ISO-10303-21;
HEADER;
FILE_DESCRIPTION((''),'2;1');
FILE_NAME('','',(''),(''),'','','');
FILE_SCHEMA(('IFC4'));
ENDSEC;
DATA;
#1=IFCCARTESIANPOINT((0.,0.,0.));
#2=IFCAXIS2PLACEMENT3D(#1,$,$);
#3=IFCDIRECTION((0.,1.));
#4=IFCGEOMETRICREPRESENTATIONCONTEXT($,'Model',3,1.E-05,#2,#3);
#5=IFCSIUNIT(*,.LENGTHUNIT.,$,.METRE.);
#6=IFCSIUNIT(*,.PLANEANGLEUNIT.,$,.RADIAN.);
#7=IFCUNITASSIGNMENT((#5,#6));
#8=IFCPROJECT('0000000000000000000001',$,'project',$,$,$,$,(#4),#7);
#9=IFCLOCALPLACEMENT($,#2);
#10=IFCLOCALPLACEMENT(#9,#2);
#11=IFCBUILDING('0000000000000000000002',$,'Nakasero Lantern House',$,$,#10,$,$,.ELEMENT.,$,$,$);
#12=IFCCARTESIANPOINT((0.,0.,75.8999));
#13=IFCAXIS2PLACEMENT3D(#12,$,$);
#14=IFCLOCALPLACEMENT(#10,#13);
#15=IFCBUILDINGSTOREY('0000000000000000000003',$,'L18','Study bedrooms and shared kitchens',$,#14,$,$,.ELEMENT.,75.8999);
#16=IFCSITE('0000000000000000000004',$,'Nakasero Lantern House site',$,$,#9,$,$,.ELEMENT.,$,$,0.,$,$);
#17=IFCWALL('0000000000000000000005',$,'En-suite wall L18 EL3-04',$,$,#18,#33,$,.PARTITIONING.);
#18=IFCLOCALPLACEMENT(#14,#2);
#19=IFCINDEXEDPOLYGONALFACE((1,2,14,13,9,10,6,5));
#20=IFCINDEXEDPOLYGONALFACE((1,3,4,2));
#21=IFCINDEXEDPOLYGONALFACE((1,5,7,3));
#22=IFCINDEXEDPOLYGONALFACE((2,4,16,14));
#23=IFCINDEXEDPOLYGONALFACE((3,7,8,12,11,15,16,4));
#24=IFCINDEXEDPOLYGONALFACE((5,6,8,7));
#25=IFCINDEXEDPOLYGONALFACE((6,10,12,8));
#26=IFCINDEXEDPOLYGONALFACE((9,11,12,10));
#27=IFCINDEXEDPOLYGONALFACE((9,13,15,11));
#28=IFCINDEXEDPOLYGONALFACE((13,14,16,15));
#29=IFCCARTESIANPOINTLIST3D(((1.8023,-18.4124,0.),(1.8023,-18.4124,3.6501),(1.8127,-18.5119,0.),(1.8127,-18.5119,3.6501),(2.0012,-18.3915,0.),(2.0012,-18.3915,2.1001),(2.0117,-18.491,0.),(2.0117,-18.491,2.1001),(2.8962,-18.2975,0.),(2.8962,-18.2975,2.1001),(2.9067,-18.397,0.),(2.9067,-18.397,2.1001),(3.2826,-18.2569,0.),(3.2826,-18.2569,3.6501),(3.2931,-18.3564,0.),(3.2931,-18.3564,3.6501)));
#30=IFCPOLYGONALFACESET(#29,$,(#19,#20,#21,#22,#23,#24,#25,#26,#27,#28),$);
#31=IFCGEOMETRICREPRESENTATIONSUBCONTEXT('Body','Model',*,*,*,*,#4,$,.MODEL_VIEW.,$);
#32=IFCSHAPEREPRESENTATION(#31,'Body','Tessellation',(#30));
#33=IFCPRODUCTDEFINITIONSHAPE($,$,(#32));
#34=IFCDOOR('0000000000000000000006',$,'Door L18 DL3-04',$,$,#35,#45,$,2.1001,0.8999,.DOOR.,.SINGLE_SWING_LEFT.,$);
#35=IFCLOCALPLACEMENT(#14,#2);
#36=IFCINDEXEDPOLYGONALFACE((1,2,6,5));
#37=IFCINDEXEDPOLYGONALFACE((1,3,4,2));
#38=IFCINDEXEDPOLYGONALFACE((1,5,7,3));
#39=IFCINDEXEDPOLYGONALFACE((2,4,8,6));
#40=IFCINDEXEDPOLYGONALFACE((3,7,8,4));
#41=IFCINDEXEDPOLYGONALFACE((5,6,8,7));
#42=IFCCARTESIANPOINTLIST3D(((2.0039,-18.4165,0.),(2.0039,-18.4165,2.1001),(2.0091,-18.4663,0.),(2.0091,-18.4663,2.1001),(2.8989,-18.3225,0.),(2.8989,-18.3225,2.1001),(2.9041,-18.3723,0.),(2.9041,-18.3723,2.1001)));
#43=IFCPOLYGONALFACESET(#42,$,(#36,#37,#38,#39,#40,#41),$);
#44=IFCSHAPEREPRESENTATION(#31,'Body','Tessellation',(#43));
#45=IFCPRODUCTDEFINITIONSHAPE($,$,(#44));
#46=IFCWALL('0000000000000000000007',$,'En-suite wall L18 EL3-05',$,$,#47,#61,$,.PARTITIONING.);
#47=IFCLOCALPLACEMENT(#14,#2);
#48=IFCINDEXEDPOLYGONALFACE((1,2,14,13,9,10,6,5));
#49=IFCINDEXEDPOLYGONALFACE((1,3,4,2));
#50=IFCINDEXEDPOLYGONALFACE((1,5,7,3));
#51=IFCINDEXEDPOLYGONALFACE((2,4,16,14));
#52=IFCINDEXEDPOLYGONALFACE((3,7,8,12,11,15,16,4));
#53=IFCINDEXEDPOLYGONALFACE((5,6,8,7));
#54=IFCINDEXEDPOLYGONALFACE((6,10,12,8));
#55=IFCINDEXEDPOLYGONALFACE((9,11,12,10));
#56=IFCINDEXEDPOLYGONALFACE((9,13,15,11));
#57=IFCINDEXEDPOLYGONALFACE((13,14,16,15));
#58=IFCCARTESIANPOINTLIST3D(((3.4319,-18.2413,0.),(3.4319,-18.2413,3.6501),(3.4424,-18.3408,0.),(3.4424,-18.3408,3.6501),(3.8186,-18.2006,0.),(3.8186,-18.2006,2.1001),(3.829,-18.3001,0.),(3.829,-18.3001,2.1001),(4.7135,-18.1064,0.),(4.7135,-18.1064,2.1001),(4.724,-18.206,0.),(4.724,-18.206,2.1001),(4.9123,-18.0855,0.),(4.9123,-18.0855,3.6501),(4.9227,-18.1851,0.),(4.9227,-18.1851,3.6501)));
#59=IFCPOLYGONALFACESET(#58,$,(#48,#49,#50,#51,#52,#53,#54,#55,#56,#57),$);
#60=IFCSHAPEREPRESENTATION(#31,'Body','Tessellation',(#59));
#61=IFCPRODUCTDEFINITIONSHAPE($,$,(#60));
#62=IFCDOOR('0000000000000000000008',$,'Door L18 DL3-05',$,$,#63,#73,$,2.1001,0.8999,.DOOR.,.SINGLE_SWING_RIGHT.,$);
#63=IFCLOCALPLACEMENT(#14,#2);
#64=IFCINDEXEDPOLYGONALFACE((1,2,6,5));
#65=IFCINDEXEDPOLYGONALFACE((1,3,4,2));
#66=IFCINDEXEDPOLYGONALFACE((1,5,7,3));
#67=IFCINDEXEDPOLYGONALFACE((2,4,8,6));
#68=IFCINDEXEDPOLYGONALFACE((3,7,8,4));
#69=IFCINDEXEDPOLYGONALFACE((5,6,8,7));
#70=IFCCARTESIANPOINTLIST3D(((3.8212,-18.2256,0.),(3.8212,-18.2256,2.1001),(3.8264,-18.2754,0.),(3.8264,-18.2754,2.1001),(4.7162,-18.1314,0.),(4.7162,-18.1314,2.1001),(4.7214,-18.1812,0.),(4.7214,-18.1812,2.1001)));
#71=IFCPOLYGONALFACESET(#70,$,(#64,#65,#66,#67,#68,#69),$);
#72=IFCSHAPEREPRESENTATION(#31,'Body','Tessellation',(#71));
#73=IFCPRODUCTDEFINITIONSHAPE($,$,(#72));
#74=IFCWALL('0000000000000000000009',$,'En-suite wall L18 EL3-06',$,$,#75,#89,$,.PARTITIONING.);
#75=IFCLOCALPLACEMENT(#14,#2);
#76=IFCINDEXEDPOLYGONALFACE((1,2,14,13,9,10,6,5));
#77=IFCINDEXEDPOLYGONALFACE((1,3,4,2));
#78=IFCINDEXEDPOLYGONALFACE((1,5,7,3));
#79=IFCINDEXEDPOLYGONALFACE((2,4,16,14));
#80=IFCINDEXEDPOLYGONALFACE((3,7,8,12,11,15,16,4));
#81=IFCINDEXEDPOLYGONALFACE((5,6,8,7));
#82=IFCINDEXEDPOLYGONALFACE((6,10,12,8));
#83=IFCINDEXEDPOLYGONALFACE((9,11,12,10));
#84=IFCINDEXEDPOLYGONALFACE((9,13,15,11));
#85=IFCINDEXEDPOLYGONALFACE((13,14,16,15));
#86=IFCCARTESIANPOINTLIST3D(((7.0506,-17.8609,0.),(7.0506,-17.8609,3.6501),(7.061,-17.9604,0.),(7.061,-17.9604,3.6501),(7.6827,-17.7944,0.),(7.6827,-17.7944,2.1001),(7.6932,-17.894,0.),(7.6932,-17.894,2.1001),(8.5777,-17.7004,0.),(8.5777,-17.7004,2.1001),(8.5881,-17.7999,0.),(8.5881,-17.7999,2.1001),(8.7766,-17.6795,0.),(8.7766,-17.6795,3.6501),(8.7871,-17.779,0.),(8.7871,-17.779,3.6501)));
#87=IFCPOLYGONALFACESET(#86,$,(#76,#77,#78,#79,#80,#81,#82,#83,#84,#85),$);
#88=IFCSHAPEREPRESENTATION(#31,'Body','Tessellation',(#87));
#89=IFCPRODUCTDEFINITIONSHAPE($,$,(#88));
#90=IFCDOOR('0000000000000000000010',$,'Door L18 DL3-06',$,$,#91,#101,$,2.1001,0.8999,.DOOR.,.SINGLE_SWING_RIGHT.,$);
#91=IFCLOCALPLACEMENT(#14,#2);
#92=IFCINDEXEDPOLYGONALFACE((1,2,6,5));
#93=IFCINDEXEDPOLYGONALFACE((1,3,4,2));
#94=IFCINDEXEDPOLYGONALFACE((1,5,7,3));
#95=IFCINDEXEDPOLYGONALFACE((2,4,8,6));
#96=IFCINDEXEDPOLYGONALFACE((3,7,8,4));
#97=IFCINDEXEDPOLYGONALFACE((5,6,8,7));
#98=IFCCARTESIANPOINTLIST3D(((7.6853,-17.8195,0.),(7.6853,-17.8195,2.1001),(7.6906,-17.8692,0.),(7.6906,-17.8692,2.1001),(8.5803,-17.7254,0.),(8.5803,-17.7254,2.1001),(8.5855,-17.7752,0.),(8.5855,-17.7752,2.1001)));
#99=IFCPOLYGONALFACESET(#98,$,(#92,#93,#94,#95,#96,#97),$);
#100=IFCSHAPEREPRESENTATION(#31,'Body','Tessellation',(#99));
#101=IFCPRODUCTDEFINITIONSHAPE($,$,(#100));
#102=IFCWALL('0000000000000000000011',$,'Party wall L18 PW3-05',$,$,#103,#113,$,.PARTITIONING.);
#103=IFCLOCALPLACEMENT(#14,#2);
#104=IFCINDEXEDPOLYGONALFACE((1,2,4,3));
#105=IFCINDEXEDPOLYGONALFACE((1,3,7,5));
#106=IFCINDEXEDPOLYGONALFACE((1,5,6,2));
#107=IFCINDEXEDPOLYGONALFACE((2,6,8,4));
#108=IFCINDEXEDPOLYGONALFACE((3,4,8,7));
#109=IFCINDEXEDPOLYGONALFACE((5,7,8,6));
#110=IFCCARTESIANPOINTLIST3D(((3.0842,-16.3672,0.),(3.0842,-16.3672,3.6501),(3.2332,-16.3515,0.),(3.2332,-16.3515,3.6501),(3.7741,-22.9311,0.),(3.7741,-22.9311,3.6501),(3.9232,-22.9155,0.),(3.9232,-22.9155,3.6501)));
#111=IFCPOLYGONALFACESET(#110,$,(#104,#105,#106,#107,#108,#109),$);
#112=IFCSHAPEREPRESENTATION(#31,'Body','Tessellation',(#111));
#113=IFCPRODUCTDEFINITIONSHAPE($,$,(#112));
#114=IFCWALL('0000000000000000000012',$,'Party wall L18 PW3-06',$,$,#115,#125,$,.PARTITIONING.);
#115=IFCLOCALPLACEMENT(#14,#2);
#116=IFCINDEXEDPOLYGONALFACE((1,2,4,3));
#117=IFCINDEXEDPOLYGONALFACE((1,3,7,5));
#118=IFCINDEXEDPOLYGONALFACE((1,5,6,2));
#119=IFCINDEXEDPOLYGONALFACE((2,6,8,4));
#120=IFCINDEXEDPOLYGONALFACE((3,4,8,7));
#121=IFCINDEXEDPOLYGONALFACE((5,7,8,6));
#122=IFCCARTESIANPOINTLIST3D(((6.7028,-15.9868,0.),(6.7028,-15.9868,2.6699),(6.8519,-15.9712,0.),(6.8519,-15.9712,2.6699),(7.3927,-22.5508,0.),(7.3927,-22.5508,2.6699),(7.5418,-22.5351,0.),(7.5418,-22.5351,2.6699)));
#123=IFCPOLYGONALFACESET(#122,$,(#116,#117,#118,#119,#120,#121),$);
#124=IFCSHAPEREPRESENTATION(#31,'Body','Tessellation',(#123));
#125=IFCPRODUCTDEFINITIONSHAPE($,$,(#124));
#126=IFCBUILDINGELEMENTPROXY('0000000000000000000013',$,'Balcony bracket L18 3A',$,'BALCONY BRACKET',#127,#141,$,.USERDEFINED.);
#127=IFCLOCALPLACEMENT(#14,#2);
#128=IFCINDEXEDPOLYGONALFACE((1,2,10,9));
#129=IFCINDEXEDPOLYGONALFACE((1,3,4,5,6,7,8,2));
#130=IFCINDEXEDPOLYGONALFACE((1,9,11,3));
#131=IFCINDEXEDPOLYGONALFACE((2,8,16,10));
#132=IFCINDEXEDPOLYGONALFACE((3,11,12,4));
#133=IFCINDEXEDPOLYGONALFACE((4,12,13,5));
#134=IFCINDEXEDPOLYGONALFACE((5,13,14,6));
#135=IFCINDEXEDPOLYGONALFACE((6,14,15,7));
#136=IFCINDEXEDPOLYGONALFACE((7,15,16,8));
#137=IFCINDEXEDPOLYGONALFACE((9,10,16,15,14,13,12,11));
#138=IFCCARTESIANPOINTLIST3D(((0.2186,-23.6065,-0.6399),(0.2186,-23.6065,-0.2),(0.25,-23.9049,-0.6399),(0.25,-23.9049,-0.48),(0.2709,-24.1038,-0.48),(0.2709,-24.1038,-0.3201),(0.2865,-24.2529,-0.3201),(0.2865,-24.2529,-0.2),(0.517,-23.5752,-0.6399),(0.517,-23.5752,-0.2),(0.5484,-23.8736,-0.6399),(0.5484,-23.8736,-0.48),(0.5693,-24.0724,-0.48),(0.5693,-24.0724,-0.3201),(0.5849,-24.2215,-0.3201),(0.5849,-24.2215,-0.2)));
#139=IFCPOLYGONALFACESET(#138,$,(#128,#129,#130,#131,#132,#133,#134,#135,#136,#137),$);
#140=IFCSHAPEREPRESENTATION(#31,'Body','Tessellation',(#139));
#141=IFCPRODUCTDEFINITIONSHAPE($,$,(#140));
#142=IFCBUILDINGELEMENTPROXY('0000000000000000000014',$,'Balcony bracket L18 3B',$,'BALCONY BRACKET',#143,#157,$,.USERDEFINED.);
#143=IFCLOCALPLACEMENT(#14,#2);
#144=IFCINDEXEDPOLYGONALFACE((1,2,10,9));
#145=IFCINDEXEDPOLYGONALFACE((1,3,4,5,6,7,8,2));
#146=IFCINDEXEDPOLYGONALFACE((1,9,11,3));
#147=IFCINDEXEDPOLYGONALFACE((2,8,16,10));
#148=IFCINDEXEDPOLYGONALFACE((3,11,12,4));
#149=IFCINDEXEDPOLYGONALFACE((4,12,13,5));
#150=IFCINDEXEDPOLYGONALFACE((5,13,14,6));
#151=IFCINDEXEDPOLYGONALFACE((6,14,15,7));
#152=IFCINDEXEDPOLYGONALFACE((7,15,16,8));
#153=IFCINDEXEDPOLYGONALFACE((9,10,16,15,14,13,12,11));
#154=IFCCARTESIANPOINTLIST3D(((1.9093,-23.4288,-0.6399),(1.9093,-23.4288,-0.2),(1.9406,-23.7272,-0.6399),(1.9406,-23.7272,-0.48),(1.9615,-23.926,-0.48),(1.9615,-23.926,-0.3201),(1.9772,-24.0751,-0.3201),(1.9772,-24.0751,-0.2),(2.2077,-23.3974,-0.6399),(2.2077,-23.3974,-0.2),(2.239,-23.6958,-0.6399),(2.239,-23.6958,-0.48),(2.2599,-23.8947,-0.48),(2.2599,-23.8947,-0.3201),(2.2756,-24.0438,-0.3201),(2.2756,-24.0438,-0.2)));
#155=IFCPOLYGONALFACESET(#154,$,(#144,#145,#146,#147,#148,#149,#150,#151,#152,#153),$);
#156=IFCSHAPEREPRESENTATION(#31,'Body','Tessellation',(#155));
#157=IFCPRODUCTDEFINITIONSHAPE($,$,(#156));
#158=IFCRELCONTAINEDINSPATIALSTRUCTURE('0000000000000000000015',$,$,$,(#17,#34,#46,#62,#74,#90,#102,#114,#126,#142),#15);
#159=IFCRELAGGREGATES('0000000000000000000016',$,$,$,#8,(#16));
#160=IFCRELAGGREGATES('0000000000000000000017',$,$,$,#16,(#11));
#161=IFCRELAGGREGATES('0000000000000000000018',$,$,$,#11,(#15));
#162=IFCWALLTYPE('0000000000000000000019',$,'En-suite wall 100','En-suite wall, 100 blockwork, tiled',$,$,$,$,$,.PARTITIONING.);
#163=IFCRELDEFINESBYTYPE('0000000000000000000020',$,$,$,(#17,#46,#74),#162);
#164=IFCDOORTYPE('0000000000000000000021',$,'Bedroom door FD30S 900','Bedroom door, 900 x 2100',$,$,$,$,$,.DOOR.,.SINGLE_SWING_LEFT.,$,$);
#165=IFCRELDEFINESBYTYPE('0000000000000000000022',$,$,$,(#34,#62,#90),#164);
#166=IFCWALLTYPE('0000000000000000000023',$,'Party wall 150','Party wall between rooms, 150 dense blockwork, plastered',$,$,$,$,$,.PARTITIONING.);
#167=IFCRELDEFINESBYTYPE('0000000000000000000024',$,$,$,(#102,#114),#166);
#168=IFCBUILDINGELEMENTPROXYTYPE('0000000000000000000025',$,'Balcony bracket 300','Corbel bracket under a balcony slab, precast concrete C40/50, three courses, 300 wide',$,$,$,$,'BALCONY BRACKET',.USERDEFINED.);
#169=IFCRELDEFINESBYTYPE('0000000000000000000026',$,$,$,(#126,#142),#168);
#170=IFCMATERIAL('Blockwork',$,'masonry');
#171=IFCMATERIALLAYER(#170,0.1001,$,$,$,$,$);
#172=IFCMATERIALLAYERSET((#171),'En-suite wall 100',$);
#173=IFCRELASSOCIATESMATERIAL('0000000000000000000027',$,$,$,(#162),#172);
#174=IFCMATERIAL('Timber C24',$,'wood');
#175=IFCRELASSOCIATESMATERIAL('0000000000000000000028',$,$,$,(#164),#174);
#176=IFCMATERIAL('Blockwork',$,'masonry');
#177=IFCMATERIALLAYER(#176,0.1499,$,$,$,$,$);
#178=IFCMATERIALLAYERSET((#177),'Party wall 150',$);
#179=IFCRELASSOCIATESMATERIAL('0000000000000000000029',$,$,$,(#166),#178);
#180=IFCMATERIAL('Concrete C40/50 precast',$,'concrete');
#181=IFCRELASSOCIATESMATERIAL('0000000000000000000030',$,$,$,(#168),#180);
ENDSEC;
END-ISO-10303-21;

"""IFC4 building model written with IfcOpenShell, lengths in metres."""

from ifc_helpers import new_model, si_unit, direction, frame, frame_2d, origin, place, context, subcontext, project, spatial, polyline, rectangle, outline, extrude, material, layer, layer_set, type_object, element, fill, save


model = new_model("IFC4")

# Units and contexts
model_context = context("Model", 3, precision=1e-05, world=origin(), true_north=direction((0.0, 1.0)))
body_context = subcontext(model_context, "Body", "Model", "MODEL_VIEW")
ifc_project = project(units=[si_unit("LENGTHUNIT", "METRE"), si_unit("PLANEANGLEUNIT", "RADIAN")], contexts=[model_context])

# Site, building, storey
site_placement = place(None, origin())
site = spatial("IfcSite", under=ifc_project, at=site_placement, Name="Nakasero Lantern House site", CompositionType="ELEMENT", RefElevation=0.0)
building_placement = place(site_placement, origin())
building = spatial("IfcBuilding", under=site, at=building_placement, Name="Nakasero Lantern House", CompositionType="ELEMENT")
storey_placement = place(building_placement, frame((0.0, 0.0, 75.8999)))
storey = spatial("IfcBuildingStorey", under=building, at=storey_placement, Name="L18", Description="Study bedrooms and shared kitchens", CompositionType="ELEMENT", Elevation=75.8999)

# Shared definitions
ifc_material_1 = material(Name="Blockwork", Category="masonry")
ifc_layer_1 = layer(ifc_material_1, 0.1001)
ifc_layer_set_1 = layer_set([ifc_layer_1], Name="En-suite wall 100")
wall_type_1 = type_object("IfcWallType", Name="En-suite wall 100", Description="En-suite wall, 100 blockwork, tiled", PredefinedType="PARTITIONING", material=ifc_layer_set_1)

# Walls, openings, doors
wall_1_placement = place(storey_placement, frame((1.8076, -18.4622, 0.0), z_axis=(0.0, 0.0, 1.0), x_axis=(0.994528, 0.104471, 0.0)))
wall_1 = element("IfcWall", 1, at=wall_1_placement, inside=storey, type_object=wall_type_1, Name="En-suite wall L18 EL3-04", PredefinedType="PARTITIONING", context=body_context, shape_type="SweptSolid", body=[
    extrude(rectangle(XDim=1.4885, YDim=0.1001, at=frame_2d((0.7441, 0.0))), origin(), (0.0, 0.0, 1.0), 3.6501),
])
opening_1_placement = place(wall_1_placement, frame((0.2, 0.0, 0.0)))
opening_1 = element("IfcOpeningElement", 2, at=opening_1_placement, cuts=wall_1, PredefinedType="OPENING", context=body_context, shape_type="SweptSolid", body=[
    extrude(rectangle(XDim=0.8999, YDim=2.1001, at=frame_2d((0.45, 1.05))), frame((0.0, 0.0701, 0.0), z_axis=(0.0, -1.0, 0.0), x_axis=(1.0, 0.0, 0.0)), (0.0, 0.0, 1.0), 0.1401),
])
ifc_material_2 = material(Name="Timber C24", Category="wood")
door_type_1 = type_object("IfcDoorType", Name="Bedroom door FD30S 900", Description="Bedroom door, 900 x 2100", OperationType="SINGLE_SWING_LEFT", PredefinedType="DOOR", material=ifc_material_2)
door_1_placement = place(opening_1_placement, origin())
door_1 = element("IfcDoor", 3, at=door_1_placement, inside=storey, type_object=door_type_1, Name="Door L18 DL3-04", OperationType="SINGLE_SWING_LEFT", OverallHeight=2.1001, OverallWidth=0.8999, PredefinedType="DOOR", context=body_context, shape_type="SweptSolid", body=[
    extrude(rectangle(XDim=0.8999, YDim=2.1001, at=frame_2d((0.45, 1.05))), frame((0.0, 0.0249, 0.0), z_axis=(0.0, -1.0, 0.0), x_axis=(1.0, 0.0, 0.0)), (0.0, 0.0, 1.0), 0.05),
])
fill(opening_1, door_1)
wall_2_placement = place(storey_placement, frame((3.4373, -18.291, 0.0), z_axis=(0.0, 0.0, 1.0), x_axis=(0.994511, 0.104634, 0.0)))
wall_2 = element("IfcWall", 4, at=wall_2_placement, inside=storey, type_object=wall_type_1, Name="En-suite wall L18 EL3-05", PredefinedType="PARTITIONING", context=body_context, shape_type="SweptSolid", body=[
    extrude(rectangle(XDim=1.4885, YDim=0.1001, at=frame_2d((0.7441, 0.0))), origin(), (0.0, 0.0, 1.0), 3.6501),
])
opening_2_placement = place(wall_2_placement, frame((0.3887, 0.0, 0.0)))
opening_2 = element("IfcOpeningElement", 5, at=opening_2_placement, cuts=wall_2, PredefinedType="OPENING", context=body_context, shape_type="SweptSolid", body=[
    extrude(rectangle(XDim=0.8999, YDim=2.1001, at=frame_2d((0.45, 1.05))), frame((0.0, 0.0701, 0.0), z_axis=(0.0, -1.0, 0.0), x_axis=(1.0, 0.0, 0.0)), (0.0, 0.0, 1.0), 0.1401),
])
door_2_placement = place(opening_2_placement, origin())
door_2 = element("IfcDoor", 6, at=door_2_placement, inside=storey, type_object=door_type_1, Name="Door L18 DL3-05", OperationType="SINGLE_SWING_RIGHT", OverallHeight=2.1001, OverallWidth=0.8999, PredefinedType="DOOR", context=body_context, shape_type="SweptSolid", body=[
    extrude(rectangle(XDim=0.8999, YDim=2.1001, at=frame_2d((0.45, 1.05))), frame((0.0, 0.0249, 0.0), z_axis=(0.0, -1.0, 0.0), x_axis=(1.0, 0.0, 0.0)), (0.0, 0.0, 1.0), 0.05),
])
fill(opening_2, door_2)
wall_3_placement = place(storey_placement, frame((7.0559, -17.9106, 0.0), z_axis=(0.0, 0.0, 1.0), x_axis=(0.994523, 0.104516, 0.0)))
wall_3 = element("IfcWall", 7, at=wall_3_placement, inside=storey, type_object=wall_type_1, Name="En-suite wall L18 EL3-06", PredefinedType="PARTITIONING", context=body_context, shape_type="SweptSolid", body=[
    extrude(rectangle(XDim=1.7356, YDim=0.1001, at=frame_2d((0.8677, 0.0))), origin(), (0.0, 0.0, 1.0), 3.6501),
])
opening_3_placement = place(wall_3_placement, frame((0.6355, 0.0, 0.0)))
opening_3 = element("IfcOpeningElement", 8, at=opening_3_placement, cuts=wall_3, PredefinedType="OPENING", context=body_context, shape_type="SweptSolid", body=[
    extrude(rectangle(XDim=0.8999, YDim=2.1001, at=frame_2d((0.45, 1.05))), frame((0.0, 0.0701, 0.0), z_axis=(0.0, -1.0, 0.0), x_axis=(1.0, 0.0, 0.0)), (0.0, 0.0, 1.0), 0.1401),
])
door_3_placement = place(opening_3_placement, origin())
door_3 = element("IfcDoor", 9, at=door_3_placement, inside=storey, type_object=door_type_1, Name="Door L18 DL3-06", OperationType="SINGLE_SWING_RIGHT", OverallHeight=2.1001, OverallWidth=0.8999, PredefinedType="DOOR", context=body_context, shape_type="SweptSolid", body=[
    extrude(rectangle(XDim=0.8999, YDim=2.1001, at=frame_2d((0.45, 1.05))), frame((0.0, 0.0249, 0.0), z_axis=(0.0, -1.0, 0.0), x_axis=(1.0, 0.0, 0.0)), (0.0, 0.0, 1.0), 0.05),
])
fill(opening_3, door_3)

# Walls
ifc_material_3 = material(Name="Blockwork", Category="masonry")
ifc_layer_2 = layer(ifc_material_3, 0.1499)
ifc_layer_set_2 = layer_set([ifc_layer_2], Name="Party wall 150")
wall_type_2 = type_object("IfcWallType", Name="Party wall 150", Description="Party wall between rooms, 150 dense blockwork, plastered", PredefinedType="PARTITIONING", material=ifc_layer_set_2)
wall_4_placement = place(storey_placement, frame((3.1587, -16.3594, 0.0), z_axis=(0.0, 0.0, 1.0), x_axis=(0.104535, -0.994521, 0.0)))
element("IfcWall", 10, at=wall_4_placement, inside=storey, type_object=wall_type_2, Name="Party wall L18 PW3-05", PredefinedType="PARTITIONING", context=body_context, shape_type="SweptSolid", body=[
    extrude(rectangle(XDim=6.6001, YDim=0.1499, at=frame_2d((3.3, 0.0))), origin(), (0.0, 0.0, 1.0), 3.6501),
])
wall_5_placement = place(storey_placement, frame((6.7773, -15.979, 0.0), z_axis=(0.0, 0.0, 1.0), x_axis=(0.104535, -0.994521, 0.0)))
element("IfcWall", 11, at=wall_5_placement, inside=storey, type_object=wall_type_2, Name="Party wall L18 PW3-06", PredefinedType="PARTITIONING", context=body_context, shape_type="SweptSolid", body=[
    extrude(rectangle(XDim=6.6001, YDim=0.1499, at=frame_2d((3.3, 0.0))), origin(), (0.0, 0.0, 1.0), 2.6699),
])

# Building element proxies
ifc_material_4 = material(Name="Concrete C40/50 precast", Category="concrete")
building_element_proxy_type = type_object("IfcBuildingElementProxyType", Name="Balcony bracket 300", Description="Corbel bracket under a balcony slab, precast concrete C40/50, three courses, 300 wide", ElementType="BALCONY BRACKET", PredefinedType="USERDEFINED", material=ifc_material_4)
for number, where, z_axis, x_axis, name in (
    (12, (0.3679, -23.5908, -0.2), (0.0, 0.0, 1.0), (0.104528, -0.994522, 0.0), "Balcony bracket L18 3A"),
    (13, (2.0586, -23.4131, -0.2), (0.0, 0.0, 1.0), (0.104528, -0.994522, 0.0), "Balcony bracket L18 3B"),
):
    element("IfcBuildingElementProxy", number, at=place(storey_placement, frame(where, z_axis=z_axis, x_axis=x_axis)), inside=storey, type_object=building_element_proxy_type, Name=name, ObjectType="BALCONY BRACKET", PredefinedType="USERDEFINED", context=body_context, shape_type="SweptSolid", body=[
        extrude(outline(polyline([(0.0, 0.0), (0.6499, 0.0), (0.6499, -0.1201), (0.5, -0.1201), (0.5, -0.28), (0.3, -0.28), (0.3, -0.4399), (0.0, -0.4399), (0.0, 0.0)])), frame((0.0, 0.1499, 0.0), z_axis=(0.0, -1.0, 0.0), x_axis=(1.0, 0.0, 0.0)), (0.0, 0.0, 1.0), 0.3),
    ])

save(model, "model.ifc")
